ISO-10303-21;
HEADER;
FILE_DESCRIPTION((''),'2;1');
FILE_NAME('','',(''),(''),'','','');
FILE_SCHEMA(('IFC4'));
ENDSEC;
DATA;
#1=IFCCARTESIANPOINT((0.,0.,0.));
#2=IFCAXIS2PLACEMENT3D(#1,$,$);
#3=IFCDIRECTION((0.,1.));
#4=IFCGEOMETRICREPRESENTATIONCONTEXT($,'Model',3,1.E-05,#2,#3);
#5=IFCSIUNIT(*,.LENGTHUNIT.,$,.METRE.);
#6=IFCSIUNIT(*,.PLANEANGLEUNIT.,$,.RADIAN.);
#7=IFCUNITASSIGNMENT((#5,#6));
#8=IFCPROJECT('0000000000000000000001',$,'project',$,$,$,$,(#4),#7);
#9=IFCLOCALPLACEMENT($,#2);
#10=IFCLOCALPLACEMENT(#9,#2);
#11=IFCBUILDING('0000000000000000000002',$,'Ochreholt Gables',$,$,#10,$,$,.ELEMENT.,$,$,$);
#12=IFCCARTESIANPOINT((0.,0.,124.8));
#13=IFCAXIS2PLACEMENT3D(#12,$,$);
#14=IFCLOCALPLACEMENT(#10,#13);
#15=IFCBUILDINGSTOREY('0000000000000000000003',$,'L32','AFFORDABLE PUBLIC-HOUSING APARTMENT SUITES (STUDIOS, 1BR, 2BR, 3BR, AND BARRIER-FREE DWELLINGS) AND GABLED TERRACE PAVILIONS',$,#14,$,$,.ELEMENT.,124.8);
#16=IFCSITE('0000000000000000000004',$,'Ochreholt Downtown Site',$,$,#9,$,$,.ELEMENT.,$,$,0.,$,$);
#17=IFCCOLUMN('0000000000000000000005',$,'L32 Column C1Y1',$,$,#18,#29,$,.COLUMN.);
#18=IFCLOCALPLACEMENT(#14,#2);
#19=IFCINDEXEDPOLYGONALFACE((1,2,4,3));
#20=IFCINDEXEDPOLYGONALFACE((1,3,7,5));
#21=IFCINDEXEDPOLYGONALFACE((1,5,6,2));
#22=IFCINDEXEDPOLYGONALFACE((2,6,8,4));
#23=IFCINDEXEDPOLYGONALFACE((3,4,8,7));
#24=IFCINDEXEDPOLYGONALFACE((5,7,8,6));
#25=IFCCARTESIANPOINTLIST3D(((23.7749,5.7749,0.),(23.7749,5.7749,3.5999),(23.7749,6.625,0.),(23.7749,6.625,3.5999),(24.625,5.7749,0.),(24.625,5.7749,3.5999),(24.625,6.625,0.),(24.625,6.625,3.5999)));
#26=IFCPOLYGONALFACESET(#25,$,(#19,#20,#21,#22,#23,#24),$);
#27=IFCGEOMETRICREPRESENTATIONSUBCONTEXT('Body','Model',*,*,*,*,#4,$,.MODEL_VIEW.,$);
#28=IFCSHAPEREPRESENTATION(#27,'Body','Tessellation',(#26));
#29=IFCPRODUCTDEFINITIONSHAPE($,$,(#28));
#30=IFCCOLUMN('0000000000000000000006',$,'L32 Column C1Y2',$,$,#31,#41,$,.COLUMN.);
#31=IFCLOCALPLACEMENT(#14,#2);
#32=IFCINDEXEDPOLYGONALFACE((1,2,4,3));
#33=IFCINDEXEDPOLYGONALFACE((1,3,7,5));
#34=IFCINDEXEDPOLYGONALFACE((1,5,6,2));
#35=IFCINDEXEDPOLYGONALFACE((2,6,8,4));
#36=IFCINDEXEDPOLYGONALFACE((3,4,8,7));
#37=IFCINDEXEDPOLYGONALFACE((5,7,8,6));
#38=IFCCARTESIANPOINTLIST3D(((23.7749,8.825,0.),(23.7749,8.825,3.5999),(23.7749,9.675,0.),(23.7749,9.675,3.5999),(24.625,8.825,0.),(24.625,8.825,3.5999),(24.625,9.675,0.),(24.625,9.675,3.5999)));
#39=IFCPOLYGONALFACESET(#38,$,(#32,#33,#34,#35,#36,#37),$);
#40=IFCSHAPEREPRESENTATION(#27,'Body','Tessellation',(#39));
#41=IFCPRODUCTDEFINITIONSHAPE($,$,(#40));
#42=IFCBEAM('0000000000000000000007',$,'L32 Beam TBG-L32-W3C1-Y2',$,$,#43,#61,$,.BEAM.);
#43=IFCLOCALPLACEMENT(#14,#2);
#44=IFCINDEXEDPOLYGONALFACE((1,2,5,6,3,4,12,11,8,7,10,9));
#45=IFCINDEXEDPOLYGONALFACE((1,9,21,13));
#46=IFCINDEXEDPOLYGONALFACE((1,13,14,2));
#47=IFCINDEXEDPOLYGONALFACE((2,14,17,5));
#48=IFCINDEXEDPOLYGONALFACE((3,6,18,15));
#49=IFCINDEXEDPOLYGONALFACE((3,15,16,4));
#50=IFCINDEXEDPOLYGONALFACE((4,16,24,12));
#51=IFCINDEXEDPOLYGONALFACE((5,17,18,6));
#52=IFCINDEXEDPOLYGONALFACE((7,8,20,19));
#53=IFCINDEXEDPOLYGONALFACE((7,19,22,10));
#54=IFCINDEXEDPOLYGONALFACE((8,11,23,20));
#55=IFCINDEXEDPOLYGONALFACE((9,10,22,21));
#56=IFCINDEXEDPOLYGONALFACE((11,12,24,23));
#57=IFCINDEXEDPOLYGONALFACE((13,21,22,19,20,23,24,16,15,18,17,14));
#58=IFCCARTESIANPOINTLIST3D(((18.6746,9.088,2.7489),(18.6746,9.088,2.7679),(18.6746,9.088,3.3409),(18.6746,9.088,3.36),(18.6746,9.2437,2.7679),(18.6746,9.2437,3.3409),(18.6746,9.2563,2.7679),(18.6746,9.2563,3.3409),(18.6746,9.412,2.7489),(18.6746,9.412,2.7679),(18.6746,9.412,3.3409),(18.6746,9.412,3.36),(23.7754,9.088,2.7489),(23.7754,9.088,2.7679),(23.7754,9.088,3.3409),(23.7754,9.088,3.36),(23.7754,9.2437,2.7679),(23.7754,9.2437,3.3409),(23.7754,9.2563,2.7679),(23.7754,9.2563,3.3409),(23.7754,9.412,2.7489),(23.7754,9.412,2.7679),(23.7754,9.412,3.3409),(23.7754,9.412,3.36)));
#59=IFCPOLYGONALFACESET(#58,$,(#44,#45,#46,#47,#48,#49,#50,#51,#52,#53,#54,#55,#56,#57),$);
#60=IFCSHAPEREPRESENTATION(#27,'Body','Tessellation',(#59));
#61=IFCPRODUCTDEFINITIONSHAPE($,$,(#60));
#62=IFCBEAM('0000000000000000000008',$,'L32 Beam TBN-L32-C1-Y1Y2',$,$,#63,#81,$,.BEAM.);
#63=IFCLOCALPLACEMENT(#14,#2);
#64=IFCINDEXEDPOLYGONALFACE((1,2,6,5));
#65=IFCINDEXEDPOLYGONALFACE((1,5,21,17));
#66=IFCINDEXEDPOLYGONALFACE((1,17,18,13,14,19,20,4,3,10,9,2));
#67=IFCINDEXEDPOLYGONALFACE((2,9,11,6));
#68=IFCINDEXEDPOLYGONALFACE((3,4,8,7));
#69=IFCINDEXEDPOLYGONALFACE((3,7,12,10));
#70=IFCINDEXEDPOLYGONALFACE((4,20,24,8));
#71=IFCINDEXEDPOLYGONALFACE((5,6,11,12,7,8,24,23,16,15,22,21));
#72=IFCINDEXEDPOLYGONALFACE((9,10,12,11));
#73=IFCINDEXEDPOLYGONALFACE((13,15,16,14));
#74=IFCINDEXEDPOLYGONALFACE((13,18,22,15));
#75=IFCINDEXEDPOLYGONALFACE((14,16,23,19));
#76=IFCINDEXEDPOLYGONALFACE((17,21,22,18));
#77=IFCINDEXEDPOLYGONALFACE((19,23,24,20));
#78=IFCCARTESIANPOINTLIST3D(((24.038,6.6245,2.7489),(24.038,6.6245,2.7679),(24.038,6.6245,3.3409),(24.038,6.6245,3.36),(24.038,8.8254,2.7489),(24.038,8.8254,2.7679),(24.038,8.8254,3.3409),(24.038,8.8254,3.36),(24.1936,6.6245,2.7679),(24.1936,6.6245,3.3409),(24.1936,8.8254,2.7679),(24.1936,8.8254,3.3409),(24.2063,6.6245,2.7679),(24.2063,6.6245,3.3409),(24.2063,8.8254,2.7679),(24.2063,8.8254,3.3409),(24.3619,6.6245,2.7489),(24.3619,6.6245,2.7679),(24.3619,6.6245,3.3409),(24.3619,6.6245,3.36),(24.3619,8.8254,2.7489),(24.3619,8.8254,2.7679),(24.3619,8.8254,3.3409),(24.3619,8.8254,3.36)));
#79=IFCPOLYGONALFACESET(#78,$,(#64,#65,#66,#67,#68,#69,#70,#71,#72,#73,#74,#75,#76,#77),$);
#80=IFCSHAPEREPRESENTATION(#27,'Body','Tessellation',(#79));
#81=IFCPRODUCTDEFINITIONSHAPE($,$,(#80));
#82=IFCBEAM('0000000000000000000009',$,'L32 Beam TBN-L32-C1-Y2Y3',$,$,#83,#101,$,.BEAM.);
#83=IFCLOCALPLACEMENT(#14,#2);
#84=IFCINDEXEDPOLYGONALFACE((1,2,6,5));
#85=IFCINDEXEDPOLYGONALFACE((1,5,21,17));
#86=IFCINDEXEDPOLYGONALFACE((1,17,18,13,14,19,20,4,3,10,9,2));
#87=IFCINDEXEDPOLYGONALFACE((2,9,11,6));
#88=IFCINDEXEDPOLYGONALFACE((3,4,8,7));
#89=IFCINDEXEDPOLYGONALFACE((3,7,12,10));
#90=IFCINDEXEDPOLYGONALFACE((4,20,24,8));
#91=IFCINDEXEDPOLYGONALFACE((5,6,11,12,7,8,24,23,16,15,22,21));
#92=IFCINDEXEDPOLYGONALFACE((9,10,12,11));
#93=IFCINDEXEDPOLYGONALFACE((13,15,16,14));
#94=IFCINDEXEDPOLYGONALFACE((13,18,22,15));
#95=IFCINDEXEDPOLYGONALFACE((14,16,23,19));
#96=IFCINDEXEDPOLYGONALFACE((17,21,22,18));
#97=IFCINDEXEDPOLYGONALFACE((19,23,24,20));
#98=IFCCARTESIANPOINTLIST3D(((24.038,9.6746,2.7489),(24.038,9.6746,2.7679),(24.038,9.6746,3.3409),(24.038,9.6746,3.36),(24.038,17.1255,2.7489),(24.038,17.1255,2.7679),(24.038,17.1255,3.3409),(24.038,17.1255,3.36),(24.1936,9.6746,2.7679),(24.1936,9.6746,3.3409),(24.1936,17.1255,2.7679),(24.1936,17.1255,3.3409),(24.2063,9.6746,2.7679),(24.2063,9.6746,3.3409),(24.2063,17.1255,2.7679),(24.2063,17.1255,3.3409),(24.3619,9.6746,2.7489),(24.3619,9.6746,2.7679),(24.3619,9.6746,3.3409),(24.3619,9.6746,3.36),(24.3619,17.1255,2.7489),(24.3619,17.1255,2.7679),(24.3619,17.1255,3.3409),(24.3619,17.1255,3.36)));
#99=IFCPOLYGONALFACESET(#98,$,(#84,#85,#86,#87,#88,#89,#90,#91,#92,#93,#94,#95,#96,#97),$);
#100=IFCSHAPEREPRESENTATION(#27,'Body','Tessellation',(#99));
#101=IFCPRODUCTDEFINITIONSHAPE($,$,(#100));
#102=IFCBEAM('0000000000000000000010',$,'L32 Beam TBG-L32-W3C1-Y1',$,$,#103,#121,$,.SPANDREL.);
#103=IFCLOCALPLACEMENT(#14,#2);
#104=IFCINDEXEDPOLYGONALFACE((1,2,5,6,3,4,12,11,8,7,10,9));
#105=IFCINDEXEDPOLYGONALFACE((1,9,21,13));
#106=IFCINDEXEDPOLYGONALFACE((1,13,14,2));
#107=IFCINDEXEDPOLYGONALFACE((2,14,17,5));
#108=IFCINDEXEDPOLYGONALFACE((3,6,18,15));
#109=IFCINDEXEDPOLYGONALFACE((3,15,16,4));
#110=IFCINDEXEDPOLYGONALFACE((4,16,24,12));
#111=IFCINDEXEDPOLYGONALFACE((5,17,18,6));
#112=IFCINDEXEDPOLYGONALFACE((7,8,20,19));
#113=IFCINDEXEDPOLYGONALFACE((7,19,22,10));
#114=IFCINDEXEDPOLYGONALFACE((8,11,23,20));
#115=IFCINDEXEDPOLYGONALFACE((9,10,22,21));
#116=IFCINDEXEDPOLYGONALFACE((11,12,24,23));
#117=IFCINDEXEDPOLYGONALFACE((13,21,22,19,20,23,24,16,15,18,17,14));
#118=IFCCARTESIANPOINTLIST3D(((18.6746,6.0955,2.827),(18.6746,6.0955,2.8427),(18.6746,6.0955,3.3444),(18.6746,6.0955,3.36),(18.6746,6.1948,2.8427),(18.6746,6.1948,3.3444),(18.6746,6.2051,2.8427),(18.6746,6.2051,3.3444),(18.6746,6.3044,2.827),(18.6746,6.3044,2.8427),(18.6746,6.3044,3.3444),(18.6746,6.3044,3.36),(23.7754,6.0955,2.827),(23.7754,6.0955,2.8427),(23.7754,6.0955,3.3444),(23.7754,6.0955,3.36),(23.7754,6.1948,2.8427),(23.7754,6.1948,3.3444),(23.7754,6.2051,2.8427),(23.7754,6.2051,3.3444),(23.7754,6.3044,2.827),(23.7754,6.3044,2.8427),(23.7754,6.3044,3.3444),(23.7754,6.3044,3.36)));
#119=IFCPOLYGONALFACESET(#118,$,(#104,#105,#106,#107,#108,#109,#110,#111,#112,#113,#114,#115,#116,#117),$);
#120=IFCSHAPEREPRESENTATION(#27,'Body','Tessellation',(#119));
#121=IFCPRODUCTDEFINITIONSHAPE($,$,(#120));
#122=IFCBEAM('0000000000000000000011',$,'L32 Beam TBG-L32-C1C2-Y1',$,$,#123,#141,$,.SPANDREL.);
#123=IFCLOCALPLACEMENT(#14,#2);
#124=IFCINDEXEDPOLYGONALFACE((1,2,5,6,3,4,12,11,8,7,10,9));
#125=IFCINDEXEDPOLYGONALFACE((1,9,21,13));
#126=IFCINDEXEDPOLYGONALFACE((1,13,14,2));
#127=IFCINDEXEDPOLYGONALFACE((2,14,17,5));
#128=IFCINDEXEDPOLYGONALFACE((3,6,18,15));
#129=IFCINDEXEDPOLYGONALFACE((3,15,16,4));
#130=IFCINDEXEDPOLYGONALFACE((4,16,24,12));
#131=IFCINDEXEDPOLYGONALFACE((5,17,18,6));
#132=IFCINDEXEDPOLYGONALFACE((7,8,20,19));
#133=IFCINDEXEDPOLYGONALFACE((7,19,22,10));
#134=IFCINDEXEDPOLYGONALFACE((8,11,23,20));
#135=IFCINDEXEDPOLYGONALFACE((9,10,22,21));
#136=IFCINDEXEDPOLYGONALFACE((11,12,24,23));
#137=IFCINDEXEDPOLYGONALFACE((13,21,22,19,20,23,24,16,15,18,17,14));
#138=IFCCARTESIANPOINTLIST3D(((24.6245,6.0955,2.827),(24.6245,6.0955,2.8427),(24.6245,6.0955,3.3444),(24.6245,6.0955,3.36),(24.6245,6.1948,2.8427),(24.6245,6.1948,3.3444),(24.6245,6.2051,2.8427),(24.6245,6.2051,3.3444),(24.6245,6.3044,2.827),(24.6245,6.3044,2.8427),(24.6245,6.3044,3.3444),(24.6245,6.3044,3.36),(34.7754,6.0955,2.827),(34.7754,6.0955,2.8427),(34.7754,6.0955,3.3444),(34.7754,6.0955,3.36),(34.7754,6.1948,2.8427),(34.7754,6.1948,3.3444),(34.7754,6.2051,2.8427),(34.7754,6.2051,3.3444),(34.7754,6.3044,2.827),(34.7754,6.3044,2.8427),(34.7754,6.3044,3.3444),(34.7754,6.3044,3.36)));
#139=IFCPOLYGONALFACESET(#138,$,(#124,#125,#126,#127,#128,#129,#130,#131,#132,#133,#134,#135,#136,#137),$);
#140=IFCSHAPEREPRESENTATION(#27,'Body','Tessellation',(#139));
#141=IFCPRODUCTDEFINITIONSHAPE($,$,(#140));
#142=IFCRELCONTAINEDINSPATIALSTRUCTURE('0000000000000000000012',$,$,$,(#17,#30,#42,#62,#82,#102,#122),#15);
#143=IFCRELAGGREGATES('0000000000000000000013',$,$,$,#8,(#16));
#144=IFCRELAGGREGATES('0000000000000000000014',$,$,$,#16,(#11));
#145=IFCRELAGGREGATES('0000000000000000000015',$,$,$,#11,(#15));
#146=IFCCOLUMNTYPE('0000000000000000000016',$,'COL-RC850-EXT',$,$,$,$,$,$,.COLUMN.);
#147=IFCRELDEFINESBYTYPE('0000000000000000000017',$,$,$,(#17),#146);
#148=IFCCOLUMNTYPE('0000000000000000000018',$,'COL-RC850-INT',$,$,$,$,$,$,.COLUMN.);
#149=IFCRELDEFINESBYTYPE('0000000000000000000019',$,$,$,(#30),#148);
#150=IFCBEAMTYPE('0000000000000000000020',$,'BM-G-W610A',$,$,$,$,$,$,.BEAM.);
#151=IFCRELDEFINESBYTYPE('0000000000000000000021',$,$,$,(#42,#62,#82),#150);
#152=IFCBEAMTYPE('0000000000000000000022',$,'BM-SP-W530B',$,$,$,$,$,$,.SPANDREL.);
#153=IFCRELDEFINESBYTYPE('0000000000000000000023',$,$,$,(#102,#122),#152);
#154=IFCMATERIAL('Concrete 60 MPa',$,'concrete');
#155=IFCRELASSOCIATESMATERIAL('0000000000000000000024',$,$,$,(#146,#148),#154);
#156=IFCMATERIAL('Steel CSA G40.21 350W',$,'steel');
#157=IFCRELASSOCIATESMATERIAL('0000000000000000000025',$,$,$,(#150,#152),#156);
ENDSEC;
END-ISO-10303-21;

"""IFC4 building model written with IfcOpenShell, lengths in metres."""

from ifc_helpers import new_model, si_unit, direction, frame, origin, origin_2d, place, context, subcontext, project, spatial, rectangle, i_section, extrude, material, material_profile, profile_set, type_object, element, save


model = new_model("IFC4")

# Units and contexts
model_context = context("Model", 3, precision=1e-05, world=origin(), true_north=direction((0.0, 1.0)))
body_context = subcontext(model_context, "Body", "Model", "MODEL_VIEW")
ifc_project = project(units=[si_unit("LENGTHUNIT", "METRE"), si_unit("PLANEANGLEUNIT", "RADIAN")], contexts=[model_context])

# Site, building, storey
site_placement = place(None, origin())
site = spatial("IfcSite", under=ifc_project, at=site_placement, Name="Ochreholt Downtown Site", CompositionType="ELEMENT", RefElevation=0.0)
building_placement = place(site_placement, origin())
building = spatial("IfcBuilding", under=site, at=building_placement, Name="Ochreholt Gables", CompositionType="ELEMENT")
storey_placement = place(building_placement, frame((0.0, 0.0, 124.8)))
storey = spatial("IfcBuildingStorey", under=building, at=storey_placement, Name="L32", Description="AFFORDABLE PUBLIC-HOUSING APARTMENT SUITES (STUDIOS, 1BR, 2BR, 3BR, AND BARRIER-FREE DWELLINGS) AND GABLED TERRACE PAVILIONS", CompositionType="ELEMENT", Elevation=124.8)

# Columns
ifc_material_1 = material(Name="Concrete 60 MPa", Category="concrete")
ifc_material_profile_1 = material_profile(ifc_material_1, rectangle(XDim=0.8501, YDim=0.8501, at=origin_2d()), Name="RC850X850")
ifc_profile_set_1 = profile_set([ifc_material_profile_1], Name="Concrete 60 MPa")
column_type_1 = type_object("IfcColumnType", Name="COL-RC850-EXT", PredefinedType="COLUMN", material=ifc_profile_set_1)
column_1_placement = place(storey_placement, frame((24.2, 6.2, 0.0), z_axis=(0.0, 0.0, 1.0), x_axis=(1.0, 0.0, 0.0)))
element("IfcColumn", 1, at=column_1_placement, inside=storey, type_object=column_type_1, Name="L32 Column C1Y1", PredefinedType="COLUMN", context=body_context, shape_type="SweptSolid", body=[
    extrude(rectangle(XDim=0.8501, YDim=0.8501, at=origin_2d()), origin(), (0.0, 0.0, 1.0), 3.5999),
])
ifc_material_profile_2 = material_profile(ifc_material_1, rectangle(XDim=0.8501, YDim=0.8501, at=origin_2d()), Name="RC850X850")
ifc_profile_set_2 = profile_set([ifc_material_profile_2], Name="Concrete 60 MPa")
column_type_2 = type_object("IfcColumnType", Name="COL-RC850-INT", PredefinedType="COLUMN", material=ifc_profile_set_2)
column_2_placement = place(storey_placement, frame((24.2, 9.25, 0.0), z_axis=(0.0, 0.0, 1.0), x_axis=(1.0, 0.0, 0.0)))
element("IfcColumn", 2, at=column_2_placement, inside=storey, type_object=column_type_2, Name="L32 Column C1Y2", PredefinedType="COLUMN", context=body_context, shape_type="SweptSolid", body=[
    extrude(rectangle(XDim=0.8501, YDim=0.8501, at=origin_2d()), origin(), (0.0, 0.0, 1.0), 3.5999),
])

# Beams
ifc_material_2 = material(Name="Steel CSA G40.21 350W", Category="steel")
ifc_material_profile_3 = material_profile(ifc_material_2, i_section(OverallWidth=0.324, OverallDepth=0.6111, WebThickness=0.0127, FlangeThickness=0.019, at=origin_2d()), Name="W610X155")
ifc_profile_set_3 = profile_set([ifc_material_profile_3], Name="Steel CSA G40.21 350W")
beam_type_1 = type_object("IfcBeamType", Name="BM-G-W610A", PredefinedType="BEAM", material=ifc_profile_set_3)
beam_1_placement = place(storey_placement, frame((18.6746, 9.25, 3.0544), z_axis=(1.0, 0.0, 0.0), x_axis=(0.0, 1.0, 0.0)))
element("IfcBeam", 3, at=beam_1_placement, inside=storey, type_object=beam_type_1, Name="L32 Beam TBG-L32-W3C1-Y2", PredefinedType="BEAM", context=body_context, shape_type="SweptSolid", body=[
    extrude(i_section(OverallWidth=0.324, OverallDepth=0.6111, WebThickness=0.0127, FlangeThickness=0.019, at=origin_2d()), origin(), (0.0, 0.0, 1.0), 5.1008),
])
beam_2_placement = place(storey_placement, frame((24.2, 6.6245, 3.0544), z_axis=(0.0, 1.0, 0.0), x_axis=(-1.0, 0.0, 0.0)))
element("IfcBeam", 4, at=beam_2_placement, inside=storey, type_object=beam_type_1, Name="L32 Beam TBN-L32-C1-Y1Y2", PredefinedType="BEAM", context=body_context, shape_type="SweptSolid", body=[
    extrude(i_section(OverallWidth=0.324, OverallDepth=0.6111, WebThickness=0.0127, FlangeThickness=0.019, at=origin_2d()), origin(), (0.0, 0.0, 1.0), 2.2009),
])
beam_3_placement = place(storey_placement, frame((24.2, 9.6746, 3.0544), z_axis=(0.0, 1.0, 0.0), x_axis=(-1.0, 0.0, 0.0)))
element("IfcBeam", 5, at=beam_3_placement, inside=storey, type_object=beam_type_1, Name="L32 Beam TBN-L32-C1-Y2Y3", PredefinedType="BEAM", context=body_context, shape_type="SweptSolid", body=[
    extrude(i_section(OverallWidth=0.324, OverallDepth=0.6111, WebThickness=0.0127, FlangeThickness=0.019, at=origin_2d()), origin(), (0.0, 0.0, 1.0), 7.4509),
])
ifc_material_profile_4 = material_profile(ifc_material_2, i_section(OverallWidth=0.209, OverallDepth=0.533, WebThickness=0.0103, FlangeThickness=0.0156, at=origin_2d()), Name="W530X92")
ifc_profile_set_4 = profile_set([ifc_material_profile_4], Name="Steel CSA G40.21 350W")
beam_type_2 = type_object("IfcBeamType", Name="BM-SP-W530B", PredefinedType="SPANDREL", material=ifc_profile_set_4)
beam_4_placement = place(storey_placement, frame((18.6746, 6.2, 3.0935), z_axis=(1.0, 0.0, 0.0), x_axis=(0.0, 1.0, 0.0)))
element("IfcBeam", 6, at=beam_4_placement, inside=storey, type_object=beam_type_2, Name="L32 Beam TBG-L32-W3C1-Y1", PredefinedType="SPANDREL", context=body_context, shape_type="SweptSolid", body=[
    extrude(i_section(OverallWidth=0.209, OverallDepth=0.533, WebThickness=0.0103, FlangeThickness=0.0156, at=origin_2d()), origin(), (0.0, 0.0, 1.0), 5.1008),
])
beam_5_placement = place(storey_placement, frame((24.6245, 6.2, 3.0935), z_axis=(1.0, 0.0, 0.0), x_axis=(0.0, 1.0, 0.0)))
element("IfcBeam", 7, at=beam_5_placement, inside=storey, type_object=beam_type_2, Name="L32 Beam TBG-L32-C1C2-Y1", PredefinedType="SPANDREL", context=body_context, shape_type="SweptSolid", body=[
    extrude(i_section(OverallWidth=0.209, OverallDepth=0.533, WebThickness=0.0103, FlangeThickness=0.0156, at=origin_2d()), origin(), (0.0, 0.0, 1.0), 10.1509),
])

save(model, "model.ifc")
